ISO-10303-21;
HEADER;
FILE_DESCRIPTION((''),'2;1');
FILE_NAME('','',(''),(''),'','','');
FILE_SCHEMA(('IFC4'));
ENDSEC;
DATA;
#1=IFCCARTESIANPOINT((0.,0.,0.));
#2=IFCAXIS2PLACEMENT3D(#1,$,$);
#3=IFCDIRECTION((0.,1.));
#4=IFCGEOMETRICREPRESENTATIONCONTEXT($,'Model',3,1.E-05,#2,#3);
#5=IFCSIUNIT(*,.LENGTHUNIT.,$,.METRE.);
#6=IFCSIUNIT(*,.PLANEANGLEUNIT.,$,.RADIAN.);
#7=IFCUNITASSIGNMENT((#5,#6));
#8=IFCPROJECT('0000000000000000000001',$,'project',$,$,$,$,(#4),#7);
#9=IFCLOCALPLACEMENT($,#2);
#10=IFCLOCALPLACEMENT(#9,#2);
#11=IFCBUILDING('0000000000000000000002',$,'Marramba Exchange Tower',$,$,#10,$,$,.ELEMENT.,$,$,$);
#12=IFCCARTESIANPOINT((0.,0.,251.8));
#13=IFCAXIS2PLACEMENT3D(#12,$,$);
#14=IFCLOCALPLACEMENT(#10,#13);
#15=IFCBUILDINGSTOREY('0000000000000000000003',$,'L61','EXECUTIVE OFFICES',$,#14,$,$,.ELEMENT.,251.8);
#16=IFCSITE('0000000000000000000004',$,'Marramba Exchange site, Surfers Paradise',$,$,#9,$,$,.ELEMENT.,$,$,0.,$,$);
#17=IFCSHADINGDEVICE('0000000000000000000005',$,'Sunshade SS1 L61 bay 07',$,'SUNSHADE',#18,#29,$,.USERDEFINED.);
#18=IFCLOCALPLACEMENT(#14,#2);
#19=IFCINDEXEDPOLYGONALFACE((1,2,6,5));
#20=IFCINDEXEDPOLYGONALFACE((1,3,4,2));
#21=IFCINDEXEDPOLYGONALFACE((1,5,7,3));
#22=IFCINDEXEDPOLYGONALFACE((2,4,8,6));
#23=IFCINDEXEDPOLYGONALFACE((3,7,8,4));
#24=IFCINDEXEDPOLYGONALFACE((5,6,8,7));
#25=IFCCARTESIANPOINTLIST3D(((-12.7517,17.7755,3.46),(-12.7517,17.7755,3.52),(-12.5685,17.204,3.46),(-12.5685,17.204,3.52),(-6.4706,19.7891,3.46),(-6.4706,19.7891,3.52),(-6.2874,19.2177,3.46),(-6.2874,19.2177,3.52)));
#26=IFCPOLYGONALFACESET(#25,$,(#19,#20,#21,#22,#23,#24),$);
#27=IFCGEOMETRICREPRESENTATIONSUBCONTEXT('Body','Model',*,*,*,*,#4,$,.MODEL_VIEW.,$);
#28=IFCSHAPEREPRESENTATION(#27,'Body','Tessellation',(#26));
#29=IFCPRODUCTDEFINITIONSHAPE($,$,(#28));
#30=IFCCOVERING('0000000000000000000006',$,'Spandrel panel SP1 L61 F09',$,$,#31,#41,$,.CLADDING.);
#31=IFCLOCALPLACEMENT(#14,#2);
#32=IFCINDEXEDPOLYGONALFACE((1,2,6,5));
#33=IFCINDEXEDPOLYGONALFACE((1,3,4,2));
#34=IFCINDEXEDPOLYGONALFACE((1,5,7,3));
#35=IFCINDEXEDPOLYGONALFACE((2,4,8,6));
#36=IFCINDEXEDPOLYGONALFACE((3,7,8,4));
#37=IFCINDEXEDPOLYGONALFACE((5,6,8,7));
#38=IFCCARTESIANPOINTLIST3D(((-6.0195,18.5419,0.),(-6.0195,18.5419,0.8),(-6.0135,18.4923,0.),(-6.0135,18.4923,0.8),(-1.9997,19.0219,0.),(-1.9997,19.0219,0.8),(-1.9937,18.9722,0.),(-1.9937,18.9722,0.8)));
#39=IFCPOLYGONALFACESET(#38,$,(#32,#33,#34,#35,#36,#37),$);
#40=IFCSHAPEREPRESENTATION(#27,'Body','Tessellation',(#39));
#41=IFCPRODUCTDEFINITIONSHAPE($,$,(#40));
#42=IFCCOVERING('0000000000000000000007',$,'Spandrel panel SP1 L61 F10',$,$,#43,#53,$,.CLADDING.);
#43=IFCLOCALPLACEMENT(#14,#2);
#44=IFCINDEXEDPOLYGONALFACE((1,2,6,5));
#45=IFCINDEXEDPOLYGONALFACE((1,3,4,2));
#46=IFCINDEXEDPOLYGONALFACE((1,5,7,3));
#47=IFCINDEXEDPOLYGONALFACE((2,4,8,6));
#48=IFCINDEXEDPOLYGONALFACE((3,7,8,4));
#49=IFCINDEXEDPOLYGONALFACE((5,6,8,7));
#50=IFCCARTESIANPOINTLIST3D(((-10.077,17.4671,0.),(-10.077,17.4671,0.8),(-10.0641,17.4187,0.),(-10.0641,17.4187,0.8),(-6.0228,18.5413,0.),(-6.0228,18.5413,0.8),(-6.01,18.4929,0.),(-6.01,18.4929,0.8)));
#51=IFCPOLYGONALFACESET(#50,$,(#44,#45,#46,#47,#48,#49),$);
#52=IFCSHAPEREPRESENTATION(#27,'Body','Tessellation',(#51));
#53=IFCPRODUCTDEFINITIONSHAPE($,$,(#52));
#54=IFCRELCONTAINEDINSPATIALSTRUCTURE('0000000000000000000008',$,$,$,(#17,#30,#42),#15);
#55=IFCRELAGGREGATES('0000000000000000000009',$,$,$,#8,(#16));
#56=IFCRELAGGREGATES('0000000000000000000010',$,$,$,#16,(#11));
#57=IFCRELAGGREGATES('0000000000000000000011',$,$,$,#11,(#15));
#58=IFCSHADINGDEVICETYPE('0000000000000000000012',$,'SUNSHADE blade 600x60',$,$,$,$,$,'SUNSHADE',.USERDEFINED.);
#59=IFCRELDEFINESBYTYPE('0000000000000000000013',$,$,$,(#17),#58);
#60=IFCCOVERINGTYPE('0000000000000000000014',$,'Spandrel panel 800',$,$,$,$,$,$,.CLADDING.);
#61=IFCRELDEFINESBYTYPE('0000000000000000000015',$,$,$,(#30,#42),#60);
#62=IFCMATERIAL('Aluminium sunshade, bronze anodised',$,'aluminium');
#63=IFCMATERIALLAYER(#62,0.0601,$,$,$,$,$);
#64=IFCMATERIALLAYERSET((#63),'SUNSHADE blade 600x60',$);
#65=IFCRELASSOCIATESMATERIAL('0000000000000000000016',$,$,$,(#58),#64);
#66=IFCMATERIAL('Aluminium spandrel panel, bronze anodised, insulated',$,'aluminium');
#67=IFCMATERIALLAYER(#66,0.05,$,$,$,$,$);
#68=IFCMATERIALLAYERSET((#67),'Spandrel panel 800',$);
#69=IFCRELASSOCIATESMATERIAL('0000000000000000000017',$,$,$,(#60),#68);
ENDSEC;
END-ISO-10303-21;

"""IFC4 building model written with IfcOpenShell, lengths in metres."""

from ifc_helpers import new_model, si_unit, direction, frame, origin, origin_2d, place, context, subcontext, project, spatial, rectangle, extrude, material, layer, layer_set, type_object, element, save


model = new_model("IFC4")

# Units and contexts
model_context = context("Model", 3, precision=1e-05, world=origin(), true_north=direction((0.0, 1.0)))
body_context = subcontext(model_context, "Body", "Model", "MODEL_VIEW")
ifc_project = project(units=[si_unit("LENGTHUNIT", "METRE"), si_unit("PLANEANGLEUNIT", "RADIAN")], contexts=[model_context])

# Site, building, storey
site_placement = place(None, origin())
site = spatial("IfcSite", under=ifc_project, at=site_placement, Name="Marramba Exchange site, Surfers Paradise", CompositionType="ELEMENT", RefElevation=0.0)
building_placement = place(site_placement, origin())
building = spatial("IfcBuilding", under=site, at=building_placement, Name="Marramba Exchange Tower", CompositionType="ELEMENT")
storey_placement = place(building_placement, frame((0.0, 0.0, 251.8)))
storey = spatial("IfcBuildingStorey", under=building, at=storey_placement, Name="L61", Description="EXECUTIVE OFFICES", CompositionType="ELEMENT", Elevation=251.8)

# Shading device
ifc_material_1 = material(Name="Aluminium sunshade, bronze anodised", Category="aluminium")
ifc_layer_1 = layer(ifc_material_1, 0.0601)
ifc_layer_set_1 = layer_set([ifc_layer_1], Name="SUNSHADE blade 600x60")
shading_device_type_1 = type_object("IfcShadingDeviceType", Name="SUNSHADE blade 600x60", ElementType="SUNSHADE", PredefinedType="USERDEFINED", material=ifc_layer_set_1)
shading_device_1_placement = place(storey_placement, frame((-9.5195, 18.4966, 3.46), z_axis=(0.0, 0.0, 1.0), x_axis=(-0.95226, -0.305289, 0.0)))
element("IfcShadingDevice", 1, at=shading_device_1_placement, inside=storey, type_object=shading_device_type_1, Name="Sunshade SS1 L61 bay 07", ObjectType="SUNSHADE", PredefinedType="USERDEFINED", context=body_context, shape_type="SweptSolid", body=[
    extrude(rectangle(XDim=6.5959, YDim=0.6001, at=origin_2d()), origin(), (0.0, 0.0, 1.0), 0.0601),
])

# Coverings
ifc_material_2 = material(Name="Aluminium spandrel panel, bronze anodised, insulated", Category="aluminium")
ifc_layer_2 = layer(ifc_material_2, 0.05)
ifc_layer_set_2 = layer_set([ifc_layer_2], Name="Spandrel panel 800")
covering_type = type_object("IfcCoveringType", Name="Spandrel panel 800", PredefinedType="CLADDING", material=ifc_layer_set_2)
covering_1_placement = place(storey_placement, frame((-4.0066, 18.7571, 0.0), z_axis=(0.0, 0.0, 1.0), x_axis=(-0.992947, -0.118557, 0.0)))
element("IfcCovering", 2, at=covering_1_placement, inside=storey, type_object=covering_type, Name="Spandrel panel SP1 L61 F09", PredefinedType="CLADDING", context=body_context, shape_type="SweptSolid", body=[
    extrude(rectangle(XDim=4.0483, YDim=0.05, at=origin_2d()), origin(), (0.0, 0.0, 1.0), 0.8),
])
covering_2_placement = place(storey_placement, frame((-8.0435, 17.98, 0.0), z_axis=(0.0, 0.0, 1.0), x_axis=(-0.966644, -0.256126, 0.0)))
element("IfcCovering", 3, at=covering_2_placement, inside=storey, type_object=covering_type, Name="Spandrel panel SP1 L61 F10", PredefinedType="CLADDING", context=body_context, shape_type="SweptSolid", body=[
    extrude(rectangle(XDim=4.1941, YDim=0.05, at=origin_2d()), origin(), (0.0, 0.0, 1.0), 0.8),
])

save(model, "model.ifc")
